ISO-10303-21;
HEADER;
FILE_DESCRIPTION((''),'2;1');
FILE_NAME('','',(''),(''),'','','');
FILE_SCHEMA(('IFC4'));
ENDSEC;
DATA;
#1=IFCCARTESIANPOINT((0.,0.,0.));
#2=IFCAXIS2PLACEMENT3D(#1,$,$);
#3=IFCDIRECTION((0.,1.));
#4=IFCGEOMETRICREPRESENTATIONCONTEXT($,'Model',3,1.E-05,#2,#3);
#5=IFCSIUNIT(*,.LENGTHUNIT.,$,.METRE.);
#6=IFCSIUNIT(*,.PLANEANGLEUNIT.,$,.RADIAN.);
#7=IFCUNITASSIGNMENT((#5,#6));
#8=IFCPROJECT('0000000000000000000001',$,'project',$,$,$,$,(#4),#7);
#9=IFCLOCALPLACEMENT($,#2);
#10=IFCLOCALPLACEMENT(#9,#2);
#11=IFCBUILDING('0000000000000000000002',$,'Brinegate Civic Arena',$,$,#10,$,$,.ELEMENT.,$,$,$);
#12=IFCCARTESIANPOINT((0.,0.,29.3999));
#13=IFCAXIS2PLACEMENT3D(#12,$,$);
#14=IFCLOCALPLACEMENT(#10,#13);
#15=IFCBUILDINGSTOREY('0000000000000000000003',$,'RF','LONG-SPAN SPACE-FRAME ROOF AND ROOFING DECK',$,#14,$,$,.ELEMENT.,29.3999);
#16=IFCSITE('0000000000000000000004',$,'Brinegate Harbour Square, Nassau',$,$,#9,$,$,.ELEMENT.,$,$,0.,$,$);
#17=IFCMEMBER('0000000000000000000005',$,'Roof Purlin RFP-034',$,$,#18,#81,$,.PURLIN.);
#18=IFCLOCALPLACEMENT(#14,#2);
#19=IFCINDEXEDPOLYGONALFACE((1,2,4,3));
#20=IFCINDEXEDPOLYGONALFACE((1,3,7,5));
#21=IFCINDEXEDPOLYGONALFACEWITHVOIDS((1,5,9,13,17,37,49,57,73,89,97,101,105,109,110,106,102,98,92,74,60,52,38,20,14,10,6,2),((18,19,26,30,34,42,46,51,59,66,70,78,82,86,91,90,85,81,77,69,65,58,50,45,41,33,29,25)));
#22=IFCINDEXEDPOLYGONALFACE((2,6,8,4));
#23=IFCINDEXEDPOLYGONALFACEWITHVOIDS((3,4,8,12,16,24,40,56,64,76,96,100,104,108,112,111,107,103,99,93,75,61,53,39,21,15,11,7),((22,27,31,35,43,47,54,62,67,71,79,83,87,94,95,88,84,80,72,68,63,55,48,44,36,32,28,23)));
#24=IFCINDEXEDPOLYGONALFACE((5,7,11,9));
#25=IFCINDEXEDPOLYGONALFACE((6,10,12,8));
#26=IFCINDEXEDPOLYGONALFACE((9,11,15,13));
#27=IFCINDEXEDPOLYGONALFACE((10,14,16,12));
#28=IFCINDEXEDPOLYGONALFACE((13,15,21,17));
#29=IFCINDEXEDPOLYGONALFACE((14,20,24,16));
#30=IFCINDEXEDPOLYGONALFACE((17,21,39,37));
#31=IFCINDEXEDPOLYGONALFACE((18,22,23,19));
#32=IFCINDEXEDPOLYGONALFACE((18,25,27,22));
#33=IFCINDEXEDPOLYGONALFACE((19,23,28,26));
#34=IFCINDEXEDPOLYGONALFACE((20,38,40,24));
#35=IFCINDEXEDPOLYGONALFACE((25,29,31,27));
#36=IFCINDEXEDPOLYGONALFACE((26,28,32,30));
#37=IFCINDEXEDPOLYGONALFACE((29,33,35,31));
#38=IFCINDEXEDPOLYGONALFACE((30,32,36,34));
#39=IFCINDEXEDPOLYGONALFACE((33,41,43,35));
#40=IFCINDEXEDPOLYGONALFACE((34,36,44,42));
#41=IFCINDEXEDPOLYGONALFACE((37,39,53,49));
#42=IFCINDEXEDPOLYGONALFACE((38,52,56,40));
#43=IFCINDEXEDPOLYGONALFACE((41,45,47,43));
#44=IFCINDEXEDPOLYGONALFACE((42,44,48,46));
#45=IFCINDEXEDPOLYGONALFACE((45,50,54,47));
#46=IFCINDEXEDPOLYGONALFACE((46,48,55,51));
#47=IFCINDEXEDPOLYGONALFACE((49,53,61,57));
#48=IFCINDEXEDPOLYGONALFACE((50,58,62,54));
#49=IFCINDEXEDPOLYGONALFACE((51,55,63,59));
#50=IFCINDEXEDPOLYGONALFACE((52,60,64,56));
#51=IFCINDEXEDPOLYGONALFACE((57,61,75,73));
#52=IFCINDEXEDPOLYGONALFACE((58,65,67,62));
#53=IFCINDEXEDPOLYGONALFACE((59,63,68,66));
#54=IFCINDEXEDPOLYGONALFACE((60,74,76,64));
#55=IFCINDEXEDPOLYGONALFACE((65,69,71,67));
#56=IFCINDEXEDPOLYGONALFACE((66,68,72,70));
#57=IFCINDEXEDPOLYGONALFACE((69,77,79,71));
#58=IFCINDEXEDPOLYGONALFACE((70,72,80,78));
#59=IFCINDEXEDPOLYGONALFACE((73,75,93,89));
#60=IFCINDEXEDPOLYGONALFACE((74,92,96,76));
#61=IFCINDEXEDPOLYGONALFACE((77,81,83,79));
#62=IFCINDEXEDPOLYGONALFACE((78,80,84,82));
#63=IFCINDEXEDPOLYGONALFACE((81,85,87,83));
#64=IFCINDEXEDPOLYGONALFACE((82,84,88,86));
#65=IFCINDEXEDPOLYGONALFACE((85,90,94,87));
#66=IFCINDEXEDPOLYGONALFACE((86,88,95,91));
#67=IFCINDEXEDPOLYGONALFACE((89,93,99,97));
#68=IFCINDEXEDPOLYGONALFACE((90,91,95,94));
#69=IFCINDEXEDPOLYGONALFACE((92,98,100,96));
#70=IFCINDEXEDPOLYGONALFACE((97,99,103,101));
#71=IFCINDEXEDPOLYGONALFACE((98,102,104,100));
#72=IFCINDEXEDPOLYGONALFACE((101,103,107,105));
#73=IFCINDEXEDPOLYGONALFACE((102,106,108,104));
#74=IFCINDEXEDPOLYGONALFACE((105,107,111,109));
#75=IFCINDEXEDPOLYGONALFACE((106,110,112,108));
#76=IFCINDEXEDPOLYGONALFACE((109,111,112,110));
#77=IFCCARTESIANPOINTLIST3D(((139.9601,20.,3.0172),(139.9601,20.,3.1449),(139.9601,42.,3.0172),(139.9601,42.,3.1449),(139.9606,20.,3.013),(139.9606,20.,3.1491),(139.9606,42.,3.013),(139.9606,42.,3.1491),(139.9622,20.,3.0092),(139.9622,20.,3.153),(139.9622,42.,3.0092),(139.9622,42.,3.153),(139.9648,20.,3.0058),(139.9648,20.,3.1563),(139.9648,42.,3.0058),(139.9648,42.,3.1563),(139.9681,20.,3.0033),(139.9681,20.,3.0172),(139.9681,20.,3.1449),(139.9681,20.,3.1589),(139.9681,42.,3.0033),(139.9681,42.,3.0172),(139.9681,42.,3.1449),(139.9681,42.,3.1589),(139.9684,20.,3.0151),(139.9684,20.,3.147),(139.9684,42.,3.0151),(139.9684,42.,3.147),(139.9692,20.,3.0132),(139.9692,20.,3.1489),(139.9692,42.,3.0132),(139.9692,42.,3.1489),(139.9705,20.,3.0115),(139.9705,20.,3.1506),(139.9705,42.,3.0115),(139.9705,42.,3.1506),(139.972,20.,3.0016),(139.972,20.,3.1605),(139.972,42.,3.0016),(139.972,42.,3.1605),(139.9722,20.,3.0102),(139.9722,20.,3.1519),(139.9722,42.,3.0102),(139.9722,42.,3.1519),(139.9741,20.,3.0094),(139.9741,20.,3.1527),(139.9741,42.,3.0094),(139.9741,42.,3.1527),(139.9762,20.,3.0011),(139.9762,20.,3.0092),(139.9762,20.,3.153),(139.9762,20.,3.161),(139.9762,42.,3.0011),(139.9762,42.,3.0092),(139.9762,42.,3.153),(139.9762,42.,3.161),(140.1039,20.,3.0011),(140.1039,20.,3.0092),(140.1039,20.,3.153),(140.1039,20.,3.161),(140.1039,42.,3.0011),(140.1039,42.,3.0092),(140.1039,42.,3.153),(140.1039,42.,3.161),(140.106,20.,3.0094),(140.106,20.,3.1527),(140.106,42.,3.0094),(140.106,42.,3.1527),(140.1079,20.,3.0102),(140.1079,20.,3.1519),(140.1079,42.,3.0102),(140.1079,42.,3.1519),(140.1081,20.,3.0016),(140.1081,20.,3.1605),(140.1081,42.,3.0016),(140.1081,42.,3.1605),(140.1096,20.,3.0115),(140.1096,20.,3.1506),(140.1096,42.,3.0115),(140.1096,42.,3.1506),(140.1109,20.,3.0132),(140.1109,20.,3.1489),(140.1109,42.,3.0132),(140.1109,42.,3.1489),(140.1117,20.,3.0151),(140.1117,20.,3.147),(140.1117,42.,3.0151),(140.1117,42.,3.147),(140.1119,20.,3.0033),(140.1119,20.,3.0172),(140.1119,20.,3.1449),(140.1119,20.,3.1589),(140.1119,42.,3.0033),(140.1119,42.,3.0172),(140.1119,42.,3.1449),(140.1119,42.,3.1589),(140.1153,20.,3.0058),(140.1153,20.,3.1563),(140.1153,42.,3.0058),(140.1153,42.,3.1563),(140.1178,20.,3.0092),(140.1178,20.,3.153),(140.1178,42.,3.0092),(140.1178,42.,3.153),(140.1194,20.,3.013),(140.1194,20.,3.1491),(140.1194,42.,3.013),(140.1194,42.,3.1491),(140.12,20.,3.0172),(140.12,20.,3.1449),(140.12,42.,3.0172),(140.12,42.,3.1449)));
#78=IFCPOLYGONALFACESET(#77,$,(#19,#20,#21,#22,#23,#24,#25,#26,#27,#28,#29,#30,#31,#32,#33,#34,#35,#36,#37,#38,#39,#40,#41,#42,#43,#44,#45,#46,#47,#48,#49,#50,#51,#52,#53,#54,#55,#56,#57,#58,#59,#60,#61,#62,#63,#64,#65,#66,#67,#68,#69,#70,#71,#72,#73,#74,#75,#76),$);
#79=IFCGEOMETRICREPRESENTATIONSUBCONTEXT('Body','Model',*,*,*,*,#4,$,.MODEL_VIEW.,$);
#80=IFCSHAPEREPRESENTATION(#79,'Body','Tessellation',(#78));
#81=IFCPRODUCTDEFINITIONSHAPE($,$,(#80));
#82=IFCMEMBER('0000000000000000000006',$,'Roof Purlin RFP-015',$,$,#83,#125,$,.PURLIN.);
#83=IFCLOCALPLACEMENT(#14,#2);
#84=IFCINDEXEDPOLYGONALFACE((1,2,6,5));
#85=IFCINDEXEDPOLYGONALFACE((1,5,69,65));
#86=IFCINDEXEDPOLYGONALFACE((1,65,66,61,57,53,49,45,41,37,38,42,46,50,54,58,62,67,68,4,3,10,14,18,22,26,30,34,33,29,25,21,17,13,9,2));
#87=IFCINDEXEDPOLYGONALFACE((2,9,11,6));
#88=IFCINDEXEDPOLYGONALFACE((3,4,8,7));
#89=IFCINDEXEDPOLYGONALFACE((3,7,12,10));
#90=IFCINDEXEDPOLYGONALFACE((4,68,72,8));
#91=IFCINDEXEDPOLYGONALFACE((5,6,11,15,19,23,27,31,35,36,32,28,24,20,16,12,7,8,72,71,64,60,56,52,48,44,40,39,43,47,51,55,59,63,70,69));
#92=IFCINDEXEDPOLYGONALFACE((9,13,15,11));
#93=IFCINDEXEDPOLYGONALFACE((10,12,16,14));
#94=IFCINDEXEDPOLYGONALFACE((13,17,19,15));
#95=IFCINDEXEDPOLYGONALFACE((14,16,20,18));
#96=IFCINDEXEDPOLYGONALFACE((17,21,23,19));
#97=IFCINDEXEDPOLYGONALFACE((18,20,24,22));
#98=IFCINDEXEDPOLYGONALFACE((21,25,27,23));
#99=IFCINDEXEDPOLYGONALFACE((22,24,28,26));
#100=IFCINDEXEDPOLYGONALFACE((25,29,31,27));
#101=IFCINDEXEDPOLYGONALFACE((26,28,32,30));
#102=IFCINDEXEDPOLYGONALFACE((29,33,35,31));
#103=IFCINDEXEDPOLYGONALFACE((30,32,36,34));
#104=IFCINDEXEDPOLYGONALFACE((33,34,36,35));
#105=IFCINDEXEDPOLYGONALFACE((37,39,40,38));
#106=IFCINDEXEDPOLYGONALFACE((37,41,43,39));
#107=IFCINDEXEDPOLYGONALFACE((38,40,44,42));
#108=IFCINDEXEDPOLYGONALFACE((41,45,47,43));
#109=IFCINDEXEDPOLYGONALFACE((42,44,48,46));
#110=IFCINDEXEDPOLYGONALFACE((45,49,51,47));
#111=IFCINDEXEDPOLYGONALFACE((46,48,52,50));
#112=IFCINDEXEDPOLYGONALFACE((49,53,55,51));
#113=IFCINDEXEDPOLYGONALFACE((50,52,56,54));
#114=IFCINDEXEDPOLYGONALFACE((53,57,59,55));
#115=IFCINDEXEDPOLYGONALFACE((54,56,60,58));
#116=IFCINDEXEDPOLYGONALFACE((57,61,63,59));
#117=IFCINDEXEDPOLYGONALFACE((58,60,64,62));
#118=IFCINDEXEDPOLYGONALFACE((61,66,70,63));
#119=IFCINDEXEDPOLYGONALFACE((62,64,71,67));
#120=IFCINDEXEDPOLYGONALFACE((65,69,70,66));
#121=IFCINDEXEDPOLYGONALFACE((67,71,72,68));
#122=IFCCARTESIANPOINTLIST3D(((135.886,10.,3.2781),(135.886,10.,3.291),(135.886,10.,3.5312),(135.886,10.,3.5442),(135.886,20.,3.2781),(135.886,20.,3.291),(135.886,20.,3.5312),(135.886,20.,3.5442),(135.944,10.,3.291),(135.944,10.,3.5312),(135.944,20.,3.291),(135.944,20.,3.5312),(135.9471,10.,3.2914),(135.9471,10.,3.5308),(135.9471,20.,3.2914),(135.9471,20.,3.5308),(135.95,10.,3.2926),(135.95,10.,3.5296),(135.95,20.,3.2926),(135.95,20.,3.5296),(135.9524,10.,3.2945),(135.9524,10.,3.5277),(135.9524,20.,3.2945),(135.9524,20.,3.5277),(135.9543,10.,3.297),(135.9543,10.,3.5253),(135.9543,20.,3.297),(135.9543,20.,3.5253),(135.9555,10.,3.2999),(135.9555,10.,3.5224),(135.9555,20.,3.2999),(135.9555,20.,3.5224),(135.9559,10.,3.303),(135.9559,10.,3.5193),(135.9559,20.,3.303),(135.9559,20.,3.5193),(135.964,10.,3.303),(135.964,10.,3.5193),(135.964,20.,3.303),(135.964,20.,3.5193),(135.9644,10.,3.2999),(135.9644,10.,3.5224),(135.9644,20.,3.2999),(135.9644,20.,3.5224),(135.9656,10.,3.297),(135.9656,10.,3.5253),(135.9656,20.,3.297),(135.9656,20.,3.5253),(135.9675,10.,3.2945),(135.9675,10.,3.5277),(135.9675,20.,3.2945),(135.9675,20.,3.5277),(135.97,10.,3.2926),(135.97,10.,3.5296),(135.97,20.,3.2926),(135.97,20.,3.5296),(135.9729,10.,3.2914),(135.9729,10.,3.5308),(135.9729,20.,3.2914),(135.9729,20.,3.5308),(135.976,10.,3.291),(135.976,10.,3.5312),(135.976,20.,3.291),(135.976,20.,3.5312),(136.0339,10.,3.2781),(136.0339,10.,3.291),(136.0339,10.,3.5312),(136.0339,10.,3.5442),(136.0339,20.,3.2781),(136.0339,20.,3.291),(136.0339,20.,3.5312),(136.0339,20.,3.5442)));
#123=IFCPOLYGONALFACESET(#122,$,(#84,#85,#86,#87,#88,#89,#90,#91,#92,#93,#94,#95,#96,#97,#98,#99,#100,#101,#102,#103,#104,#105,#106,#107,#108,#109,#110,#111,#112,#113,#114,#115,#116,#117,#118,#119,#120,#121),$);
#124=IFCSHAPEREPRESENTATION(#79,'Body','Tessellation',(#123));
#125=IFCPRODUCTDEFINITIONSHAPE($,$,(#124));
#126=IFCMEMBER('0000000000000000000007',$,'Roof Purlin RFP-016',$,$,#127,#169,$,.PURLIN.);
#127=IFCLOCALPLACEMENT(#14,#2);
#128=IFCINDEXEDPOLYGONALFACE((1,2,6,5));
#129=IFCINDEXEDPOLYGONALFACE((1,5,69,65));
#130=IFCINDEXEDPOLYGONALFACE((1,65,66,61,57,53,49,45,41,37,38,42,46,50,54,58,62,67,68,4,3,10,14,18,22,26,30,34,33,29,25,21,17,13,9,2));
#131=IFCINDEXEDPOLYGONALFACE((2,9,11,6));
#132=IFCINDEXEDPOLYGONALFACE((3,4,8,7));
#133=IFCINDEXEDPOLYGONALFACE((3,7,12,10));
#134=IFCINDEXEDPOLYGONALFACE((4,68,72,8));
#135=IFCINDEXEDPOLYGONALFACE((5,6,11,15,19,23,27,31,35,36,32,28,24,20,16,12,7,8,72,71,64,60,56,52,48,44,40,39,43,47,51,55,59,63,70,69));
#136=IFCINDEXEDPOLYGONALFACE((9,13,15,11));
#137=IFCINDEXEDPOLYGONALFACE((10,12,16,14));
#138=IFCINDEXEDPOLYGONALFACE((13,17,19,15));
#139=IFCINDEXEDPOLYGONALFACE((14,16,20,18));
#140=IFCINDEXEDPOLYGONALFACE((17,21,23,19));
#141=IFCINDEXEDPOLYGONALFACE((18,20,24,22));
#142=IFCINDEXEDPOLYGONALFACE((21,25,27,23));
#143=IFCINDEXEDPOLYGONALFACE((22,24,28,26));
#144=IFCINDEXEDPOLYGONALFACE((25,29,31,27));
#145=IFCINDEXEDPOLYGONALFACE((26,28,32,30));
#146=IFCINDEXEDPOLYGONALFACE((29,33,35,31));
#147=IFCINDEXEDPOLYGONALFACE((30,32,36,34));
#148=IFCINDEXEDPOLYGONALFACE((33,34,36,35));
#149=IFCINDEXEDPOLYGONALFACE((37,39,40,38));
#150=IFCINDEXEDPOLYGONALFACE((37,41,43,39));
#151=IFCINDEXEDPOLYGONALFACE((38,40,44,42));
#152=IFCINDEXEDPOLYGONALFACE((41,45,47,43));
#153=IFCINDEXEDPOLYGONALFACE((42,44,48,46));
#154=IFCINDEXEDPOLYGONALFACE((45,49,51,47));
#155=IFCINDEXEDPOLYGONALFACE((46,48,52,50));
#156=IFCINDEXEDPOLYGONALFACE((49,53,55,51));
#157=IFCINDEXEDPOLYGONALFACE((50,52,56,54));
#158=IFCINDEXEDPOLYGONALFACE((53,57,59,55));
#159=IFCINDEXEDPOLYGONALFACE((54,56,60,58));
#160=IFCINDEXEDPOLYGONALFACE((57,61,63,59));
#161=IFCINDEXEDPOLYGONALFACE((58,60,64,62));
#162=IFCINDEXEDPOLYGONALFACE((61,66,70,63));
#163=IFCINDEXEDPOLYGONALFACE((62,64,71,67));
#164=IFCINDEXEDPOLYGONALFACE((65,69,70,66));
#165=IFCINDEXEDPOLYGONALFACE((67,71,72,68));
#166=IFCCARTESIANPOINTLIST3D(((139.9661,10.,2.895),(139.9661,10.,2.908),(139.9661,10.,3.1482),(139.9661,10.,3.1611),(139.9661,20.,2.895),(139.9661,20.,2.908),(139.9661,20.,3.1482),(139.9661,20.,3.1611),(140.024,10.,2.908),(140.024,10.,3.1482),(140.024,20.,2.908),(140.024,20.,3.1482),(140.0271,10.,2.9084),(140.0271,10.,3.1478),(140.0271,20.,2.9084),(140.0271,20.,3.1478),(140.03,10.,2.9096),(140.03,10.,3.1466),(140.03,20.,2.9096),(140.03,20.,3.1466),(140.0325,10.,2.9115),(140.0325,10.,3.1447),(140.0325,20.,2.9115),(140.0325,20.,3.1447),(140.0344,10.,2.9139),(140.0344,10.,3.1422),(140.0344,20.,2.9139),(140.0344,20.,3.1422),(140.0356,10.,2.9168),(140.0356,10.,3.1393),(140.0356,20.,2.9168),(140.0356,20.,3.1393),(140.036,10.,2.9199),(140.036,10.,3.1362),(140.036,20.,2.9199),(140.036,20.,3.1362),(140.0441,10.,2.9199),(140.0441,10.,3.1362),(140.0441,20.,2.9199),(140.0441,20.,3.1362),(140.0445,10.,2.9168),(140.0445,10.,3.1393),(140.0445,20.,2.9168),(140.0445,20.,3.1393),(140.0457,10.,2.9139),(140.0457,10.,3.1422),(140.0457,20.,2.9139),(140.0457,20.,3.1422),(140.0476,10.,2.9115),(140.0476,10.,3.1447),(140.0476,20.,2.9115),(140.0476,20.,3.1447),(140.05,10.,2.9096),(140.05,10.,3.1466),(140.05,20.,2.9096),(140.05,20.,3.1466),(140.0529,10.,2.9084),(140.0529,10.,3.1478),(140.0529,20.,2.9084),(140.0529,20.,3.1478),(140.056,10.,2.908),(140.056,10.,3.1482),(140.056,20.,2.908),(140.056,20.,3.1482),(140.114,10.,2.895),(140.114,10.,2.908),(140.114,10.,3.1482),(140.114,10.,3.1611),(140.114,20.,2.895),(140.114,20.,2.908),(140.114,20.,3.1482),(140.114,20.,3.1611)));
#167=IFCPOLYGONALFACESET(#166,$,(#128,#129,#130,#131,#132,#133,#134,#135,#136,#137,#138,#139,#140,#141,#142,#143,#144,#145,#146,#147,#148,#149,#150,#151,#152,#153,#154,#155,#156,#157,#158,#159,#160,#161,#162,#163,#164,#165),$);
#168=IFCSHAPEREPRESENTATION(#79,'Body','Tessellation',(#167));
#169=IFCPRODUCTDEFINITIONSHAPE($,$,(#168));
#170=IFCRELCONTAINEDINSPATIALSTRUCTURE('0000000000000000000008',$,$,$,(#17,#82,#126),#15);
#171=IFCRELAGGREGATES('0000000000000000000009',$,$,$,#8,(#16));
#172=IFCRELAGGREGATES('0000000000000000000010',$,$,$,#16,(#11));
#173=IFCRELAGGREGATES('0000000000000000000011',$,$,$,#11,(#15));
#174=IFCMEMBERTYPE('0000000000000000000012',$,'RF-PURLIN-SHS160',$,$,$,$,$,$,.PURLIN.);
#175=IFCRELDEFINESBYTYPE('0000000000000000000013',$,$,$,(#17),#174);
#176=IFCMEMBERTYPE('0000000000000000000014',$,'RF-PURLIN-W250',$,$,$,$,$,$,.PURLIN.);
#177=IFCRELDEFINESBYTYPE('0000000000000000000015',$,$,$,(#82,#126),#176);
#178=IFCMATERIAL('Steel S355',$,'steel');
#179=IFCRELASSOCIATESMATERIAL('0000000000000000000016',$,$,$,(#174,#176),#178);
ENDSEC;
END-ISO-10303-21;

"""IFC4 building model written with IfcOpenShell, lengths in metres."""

from ifc_helpers import new_model, si_unit, direction, frame, origin, origin_2d, place, context, subcontext, project, spatial, hollow_rectangle, i_section, extrude, material, material_profile, profile_set, type_object, element, save


model = new_model("IFC4")

# Units and contexts
model_context = context("Model", 3, precision=1e-05, world=origin(), true_north=direction((0.0, 1.0)))
body_context = subcontext(model_context, "Body", "Model", "MODEL_VIEW")
ifc_project = project(units=[si_unit("LENGTHUNIT", "METRE"), si_unit("PLANEANGLEUNIT", "RADIAN")], contexts=[model_context])

# Site, building, storey
site_placement = place(None, origin())
site = spatial("IfcSite", under=ifc_project, at=site_placement, Name="Brinegate Harbour Square, Nassau", CompositionType="ELEMENT", RefElevation=0.0)
building_placement = place(site_placement, origin())
building = spatial("IfcBuilding", under=site, at=building_placement, Name="Brinegate Civic Arena", CompositionType="ELEMENT")
storey_placement = place(building_placement, frame((0.0, 0.0, 29.3999)))
storey = spatial("IfcBuildingStorey", under=building, at=storey_placement, Name="RF", Description="LONG-SPAN SPACE-FRAME ROOF AND ROOFING DECK", CompositionType="ELEMENT", Elevation=29.3999)

# Shared definitions
ifc_material_1 = material(Name="Steel S355", Category="steel")

# Members
ifc_material_profile_1 = material_profile(ifc_material_1, hollow_rectangle(XDim=0.1599, YDim=0.1599, WallThickness=0.0081, InnerFilletRadius=0.0081, OuterFilletRadius=0.0161, at=origin_2d()), Name="SHS160X8")
ifc_profile_set_1 = profile_set([ifc_material_profile_1], Name="Steel S355")
member_type_1 = type_object("IfcMemberType", Name="RF-PURLIN-SHS160", PredefinedType="PURLIN", material=ifc_profile_set_1)
for number, where, z_axis, x_axis, name in (
    (1, (140.04, 20.0, 3.0811), (0.0, 1.0, 0.0), (-1.0, 0.0, 0.0), "Roof Purlin RFP-034"),
):
    element("IfcMember", number, at=place(storey_placement, frame(where, z_axis=z_axis, x_axis=x_axis)), inside=storey, type_object=member_type_1, Name=name, PredefinedType="PURLIN", context=body_context, shape_type="SweptSolid", body=[
        extrude(hollow_rectangle(XDim=0.1599, YDim=0.1599, WallThickness=0.0081, InnerFilletRadius=0.0081, OuterFilletRadius=0.0161, at=origin_2d()), origin(), (0.0, 0.0, 1.0), 22.0),
    ])
ifc_material_profile_2 = material_profile(ifc_material_1, i_section(OverallWidth=0.1479, OverallDepth=0.2661, WebThickness=0.0081, FlangeThickness=0.0129, FilletRadius=0.012, at=origin_2d()), Name="W250X45")
ifc_profile_set_2 = profile_set([ifc_material_profile_2], Name="Steel S355")
member_type_2 = type_object("IfcMemberType", Name="RF-PURLIN-W250", PredefinedType="PURLIN", material=ifc_profile_set_2)
for number, where, z_axis, x_axis, name in (
    (2, (135.96, 10.0, 3.4111), (0.0, 1.0, 0.0), (-1.0, 0.0, 0.0), "Roof Purlin RFP-015"),
    (3, (140.04, 10.0, 3.0281), (0.0, 1.0, 0.0), (-1.0, 0.0, 0.0), "Roof Purlin RFP-016"),
):
    element("IfcMember", number, at=place(storey_placement, frame(where, z_axis=z_axis, x_axis=x_axis)), inside=storey, type_object=member_type_2, Name=name, PredefinedType="PURLIN", context=body_context, shape_type="SweptSolid", body=[
        extrude(i_section(OverallWidth=0.1479, OverallDepth=0.2661, WebThickness=0.0081, FlangeThickness=0.0129, FilletRadius=0.012, at=origin_2d()), origin(), (0.0, 0.0, 1.0), 10.0),
    ])

save(model, "model.ifc")
